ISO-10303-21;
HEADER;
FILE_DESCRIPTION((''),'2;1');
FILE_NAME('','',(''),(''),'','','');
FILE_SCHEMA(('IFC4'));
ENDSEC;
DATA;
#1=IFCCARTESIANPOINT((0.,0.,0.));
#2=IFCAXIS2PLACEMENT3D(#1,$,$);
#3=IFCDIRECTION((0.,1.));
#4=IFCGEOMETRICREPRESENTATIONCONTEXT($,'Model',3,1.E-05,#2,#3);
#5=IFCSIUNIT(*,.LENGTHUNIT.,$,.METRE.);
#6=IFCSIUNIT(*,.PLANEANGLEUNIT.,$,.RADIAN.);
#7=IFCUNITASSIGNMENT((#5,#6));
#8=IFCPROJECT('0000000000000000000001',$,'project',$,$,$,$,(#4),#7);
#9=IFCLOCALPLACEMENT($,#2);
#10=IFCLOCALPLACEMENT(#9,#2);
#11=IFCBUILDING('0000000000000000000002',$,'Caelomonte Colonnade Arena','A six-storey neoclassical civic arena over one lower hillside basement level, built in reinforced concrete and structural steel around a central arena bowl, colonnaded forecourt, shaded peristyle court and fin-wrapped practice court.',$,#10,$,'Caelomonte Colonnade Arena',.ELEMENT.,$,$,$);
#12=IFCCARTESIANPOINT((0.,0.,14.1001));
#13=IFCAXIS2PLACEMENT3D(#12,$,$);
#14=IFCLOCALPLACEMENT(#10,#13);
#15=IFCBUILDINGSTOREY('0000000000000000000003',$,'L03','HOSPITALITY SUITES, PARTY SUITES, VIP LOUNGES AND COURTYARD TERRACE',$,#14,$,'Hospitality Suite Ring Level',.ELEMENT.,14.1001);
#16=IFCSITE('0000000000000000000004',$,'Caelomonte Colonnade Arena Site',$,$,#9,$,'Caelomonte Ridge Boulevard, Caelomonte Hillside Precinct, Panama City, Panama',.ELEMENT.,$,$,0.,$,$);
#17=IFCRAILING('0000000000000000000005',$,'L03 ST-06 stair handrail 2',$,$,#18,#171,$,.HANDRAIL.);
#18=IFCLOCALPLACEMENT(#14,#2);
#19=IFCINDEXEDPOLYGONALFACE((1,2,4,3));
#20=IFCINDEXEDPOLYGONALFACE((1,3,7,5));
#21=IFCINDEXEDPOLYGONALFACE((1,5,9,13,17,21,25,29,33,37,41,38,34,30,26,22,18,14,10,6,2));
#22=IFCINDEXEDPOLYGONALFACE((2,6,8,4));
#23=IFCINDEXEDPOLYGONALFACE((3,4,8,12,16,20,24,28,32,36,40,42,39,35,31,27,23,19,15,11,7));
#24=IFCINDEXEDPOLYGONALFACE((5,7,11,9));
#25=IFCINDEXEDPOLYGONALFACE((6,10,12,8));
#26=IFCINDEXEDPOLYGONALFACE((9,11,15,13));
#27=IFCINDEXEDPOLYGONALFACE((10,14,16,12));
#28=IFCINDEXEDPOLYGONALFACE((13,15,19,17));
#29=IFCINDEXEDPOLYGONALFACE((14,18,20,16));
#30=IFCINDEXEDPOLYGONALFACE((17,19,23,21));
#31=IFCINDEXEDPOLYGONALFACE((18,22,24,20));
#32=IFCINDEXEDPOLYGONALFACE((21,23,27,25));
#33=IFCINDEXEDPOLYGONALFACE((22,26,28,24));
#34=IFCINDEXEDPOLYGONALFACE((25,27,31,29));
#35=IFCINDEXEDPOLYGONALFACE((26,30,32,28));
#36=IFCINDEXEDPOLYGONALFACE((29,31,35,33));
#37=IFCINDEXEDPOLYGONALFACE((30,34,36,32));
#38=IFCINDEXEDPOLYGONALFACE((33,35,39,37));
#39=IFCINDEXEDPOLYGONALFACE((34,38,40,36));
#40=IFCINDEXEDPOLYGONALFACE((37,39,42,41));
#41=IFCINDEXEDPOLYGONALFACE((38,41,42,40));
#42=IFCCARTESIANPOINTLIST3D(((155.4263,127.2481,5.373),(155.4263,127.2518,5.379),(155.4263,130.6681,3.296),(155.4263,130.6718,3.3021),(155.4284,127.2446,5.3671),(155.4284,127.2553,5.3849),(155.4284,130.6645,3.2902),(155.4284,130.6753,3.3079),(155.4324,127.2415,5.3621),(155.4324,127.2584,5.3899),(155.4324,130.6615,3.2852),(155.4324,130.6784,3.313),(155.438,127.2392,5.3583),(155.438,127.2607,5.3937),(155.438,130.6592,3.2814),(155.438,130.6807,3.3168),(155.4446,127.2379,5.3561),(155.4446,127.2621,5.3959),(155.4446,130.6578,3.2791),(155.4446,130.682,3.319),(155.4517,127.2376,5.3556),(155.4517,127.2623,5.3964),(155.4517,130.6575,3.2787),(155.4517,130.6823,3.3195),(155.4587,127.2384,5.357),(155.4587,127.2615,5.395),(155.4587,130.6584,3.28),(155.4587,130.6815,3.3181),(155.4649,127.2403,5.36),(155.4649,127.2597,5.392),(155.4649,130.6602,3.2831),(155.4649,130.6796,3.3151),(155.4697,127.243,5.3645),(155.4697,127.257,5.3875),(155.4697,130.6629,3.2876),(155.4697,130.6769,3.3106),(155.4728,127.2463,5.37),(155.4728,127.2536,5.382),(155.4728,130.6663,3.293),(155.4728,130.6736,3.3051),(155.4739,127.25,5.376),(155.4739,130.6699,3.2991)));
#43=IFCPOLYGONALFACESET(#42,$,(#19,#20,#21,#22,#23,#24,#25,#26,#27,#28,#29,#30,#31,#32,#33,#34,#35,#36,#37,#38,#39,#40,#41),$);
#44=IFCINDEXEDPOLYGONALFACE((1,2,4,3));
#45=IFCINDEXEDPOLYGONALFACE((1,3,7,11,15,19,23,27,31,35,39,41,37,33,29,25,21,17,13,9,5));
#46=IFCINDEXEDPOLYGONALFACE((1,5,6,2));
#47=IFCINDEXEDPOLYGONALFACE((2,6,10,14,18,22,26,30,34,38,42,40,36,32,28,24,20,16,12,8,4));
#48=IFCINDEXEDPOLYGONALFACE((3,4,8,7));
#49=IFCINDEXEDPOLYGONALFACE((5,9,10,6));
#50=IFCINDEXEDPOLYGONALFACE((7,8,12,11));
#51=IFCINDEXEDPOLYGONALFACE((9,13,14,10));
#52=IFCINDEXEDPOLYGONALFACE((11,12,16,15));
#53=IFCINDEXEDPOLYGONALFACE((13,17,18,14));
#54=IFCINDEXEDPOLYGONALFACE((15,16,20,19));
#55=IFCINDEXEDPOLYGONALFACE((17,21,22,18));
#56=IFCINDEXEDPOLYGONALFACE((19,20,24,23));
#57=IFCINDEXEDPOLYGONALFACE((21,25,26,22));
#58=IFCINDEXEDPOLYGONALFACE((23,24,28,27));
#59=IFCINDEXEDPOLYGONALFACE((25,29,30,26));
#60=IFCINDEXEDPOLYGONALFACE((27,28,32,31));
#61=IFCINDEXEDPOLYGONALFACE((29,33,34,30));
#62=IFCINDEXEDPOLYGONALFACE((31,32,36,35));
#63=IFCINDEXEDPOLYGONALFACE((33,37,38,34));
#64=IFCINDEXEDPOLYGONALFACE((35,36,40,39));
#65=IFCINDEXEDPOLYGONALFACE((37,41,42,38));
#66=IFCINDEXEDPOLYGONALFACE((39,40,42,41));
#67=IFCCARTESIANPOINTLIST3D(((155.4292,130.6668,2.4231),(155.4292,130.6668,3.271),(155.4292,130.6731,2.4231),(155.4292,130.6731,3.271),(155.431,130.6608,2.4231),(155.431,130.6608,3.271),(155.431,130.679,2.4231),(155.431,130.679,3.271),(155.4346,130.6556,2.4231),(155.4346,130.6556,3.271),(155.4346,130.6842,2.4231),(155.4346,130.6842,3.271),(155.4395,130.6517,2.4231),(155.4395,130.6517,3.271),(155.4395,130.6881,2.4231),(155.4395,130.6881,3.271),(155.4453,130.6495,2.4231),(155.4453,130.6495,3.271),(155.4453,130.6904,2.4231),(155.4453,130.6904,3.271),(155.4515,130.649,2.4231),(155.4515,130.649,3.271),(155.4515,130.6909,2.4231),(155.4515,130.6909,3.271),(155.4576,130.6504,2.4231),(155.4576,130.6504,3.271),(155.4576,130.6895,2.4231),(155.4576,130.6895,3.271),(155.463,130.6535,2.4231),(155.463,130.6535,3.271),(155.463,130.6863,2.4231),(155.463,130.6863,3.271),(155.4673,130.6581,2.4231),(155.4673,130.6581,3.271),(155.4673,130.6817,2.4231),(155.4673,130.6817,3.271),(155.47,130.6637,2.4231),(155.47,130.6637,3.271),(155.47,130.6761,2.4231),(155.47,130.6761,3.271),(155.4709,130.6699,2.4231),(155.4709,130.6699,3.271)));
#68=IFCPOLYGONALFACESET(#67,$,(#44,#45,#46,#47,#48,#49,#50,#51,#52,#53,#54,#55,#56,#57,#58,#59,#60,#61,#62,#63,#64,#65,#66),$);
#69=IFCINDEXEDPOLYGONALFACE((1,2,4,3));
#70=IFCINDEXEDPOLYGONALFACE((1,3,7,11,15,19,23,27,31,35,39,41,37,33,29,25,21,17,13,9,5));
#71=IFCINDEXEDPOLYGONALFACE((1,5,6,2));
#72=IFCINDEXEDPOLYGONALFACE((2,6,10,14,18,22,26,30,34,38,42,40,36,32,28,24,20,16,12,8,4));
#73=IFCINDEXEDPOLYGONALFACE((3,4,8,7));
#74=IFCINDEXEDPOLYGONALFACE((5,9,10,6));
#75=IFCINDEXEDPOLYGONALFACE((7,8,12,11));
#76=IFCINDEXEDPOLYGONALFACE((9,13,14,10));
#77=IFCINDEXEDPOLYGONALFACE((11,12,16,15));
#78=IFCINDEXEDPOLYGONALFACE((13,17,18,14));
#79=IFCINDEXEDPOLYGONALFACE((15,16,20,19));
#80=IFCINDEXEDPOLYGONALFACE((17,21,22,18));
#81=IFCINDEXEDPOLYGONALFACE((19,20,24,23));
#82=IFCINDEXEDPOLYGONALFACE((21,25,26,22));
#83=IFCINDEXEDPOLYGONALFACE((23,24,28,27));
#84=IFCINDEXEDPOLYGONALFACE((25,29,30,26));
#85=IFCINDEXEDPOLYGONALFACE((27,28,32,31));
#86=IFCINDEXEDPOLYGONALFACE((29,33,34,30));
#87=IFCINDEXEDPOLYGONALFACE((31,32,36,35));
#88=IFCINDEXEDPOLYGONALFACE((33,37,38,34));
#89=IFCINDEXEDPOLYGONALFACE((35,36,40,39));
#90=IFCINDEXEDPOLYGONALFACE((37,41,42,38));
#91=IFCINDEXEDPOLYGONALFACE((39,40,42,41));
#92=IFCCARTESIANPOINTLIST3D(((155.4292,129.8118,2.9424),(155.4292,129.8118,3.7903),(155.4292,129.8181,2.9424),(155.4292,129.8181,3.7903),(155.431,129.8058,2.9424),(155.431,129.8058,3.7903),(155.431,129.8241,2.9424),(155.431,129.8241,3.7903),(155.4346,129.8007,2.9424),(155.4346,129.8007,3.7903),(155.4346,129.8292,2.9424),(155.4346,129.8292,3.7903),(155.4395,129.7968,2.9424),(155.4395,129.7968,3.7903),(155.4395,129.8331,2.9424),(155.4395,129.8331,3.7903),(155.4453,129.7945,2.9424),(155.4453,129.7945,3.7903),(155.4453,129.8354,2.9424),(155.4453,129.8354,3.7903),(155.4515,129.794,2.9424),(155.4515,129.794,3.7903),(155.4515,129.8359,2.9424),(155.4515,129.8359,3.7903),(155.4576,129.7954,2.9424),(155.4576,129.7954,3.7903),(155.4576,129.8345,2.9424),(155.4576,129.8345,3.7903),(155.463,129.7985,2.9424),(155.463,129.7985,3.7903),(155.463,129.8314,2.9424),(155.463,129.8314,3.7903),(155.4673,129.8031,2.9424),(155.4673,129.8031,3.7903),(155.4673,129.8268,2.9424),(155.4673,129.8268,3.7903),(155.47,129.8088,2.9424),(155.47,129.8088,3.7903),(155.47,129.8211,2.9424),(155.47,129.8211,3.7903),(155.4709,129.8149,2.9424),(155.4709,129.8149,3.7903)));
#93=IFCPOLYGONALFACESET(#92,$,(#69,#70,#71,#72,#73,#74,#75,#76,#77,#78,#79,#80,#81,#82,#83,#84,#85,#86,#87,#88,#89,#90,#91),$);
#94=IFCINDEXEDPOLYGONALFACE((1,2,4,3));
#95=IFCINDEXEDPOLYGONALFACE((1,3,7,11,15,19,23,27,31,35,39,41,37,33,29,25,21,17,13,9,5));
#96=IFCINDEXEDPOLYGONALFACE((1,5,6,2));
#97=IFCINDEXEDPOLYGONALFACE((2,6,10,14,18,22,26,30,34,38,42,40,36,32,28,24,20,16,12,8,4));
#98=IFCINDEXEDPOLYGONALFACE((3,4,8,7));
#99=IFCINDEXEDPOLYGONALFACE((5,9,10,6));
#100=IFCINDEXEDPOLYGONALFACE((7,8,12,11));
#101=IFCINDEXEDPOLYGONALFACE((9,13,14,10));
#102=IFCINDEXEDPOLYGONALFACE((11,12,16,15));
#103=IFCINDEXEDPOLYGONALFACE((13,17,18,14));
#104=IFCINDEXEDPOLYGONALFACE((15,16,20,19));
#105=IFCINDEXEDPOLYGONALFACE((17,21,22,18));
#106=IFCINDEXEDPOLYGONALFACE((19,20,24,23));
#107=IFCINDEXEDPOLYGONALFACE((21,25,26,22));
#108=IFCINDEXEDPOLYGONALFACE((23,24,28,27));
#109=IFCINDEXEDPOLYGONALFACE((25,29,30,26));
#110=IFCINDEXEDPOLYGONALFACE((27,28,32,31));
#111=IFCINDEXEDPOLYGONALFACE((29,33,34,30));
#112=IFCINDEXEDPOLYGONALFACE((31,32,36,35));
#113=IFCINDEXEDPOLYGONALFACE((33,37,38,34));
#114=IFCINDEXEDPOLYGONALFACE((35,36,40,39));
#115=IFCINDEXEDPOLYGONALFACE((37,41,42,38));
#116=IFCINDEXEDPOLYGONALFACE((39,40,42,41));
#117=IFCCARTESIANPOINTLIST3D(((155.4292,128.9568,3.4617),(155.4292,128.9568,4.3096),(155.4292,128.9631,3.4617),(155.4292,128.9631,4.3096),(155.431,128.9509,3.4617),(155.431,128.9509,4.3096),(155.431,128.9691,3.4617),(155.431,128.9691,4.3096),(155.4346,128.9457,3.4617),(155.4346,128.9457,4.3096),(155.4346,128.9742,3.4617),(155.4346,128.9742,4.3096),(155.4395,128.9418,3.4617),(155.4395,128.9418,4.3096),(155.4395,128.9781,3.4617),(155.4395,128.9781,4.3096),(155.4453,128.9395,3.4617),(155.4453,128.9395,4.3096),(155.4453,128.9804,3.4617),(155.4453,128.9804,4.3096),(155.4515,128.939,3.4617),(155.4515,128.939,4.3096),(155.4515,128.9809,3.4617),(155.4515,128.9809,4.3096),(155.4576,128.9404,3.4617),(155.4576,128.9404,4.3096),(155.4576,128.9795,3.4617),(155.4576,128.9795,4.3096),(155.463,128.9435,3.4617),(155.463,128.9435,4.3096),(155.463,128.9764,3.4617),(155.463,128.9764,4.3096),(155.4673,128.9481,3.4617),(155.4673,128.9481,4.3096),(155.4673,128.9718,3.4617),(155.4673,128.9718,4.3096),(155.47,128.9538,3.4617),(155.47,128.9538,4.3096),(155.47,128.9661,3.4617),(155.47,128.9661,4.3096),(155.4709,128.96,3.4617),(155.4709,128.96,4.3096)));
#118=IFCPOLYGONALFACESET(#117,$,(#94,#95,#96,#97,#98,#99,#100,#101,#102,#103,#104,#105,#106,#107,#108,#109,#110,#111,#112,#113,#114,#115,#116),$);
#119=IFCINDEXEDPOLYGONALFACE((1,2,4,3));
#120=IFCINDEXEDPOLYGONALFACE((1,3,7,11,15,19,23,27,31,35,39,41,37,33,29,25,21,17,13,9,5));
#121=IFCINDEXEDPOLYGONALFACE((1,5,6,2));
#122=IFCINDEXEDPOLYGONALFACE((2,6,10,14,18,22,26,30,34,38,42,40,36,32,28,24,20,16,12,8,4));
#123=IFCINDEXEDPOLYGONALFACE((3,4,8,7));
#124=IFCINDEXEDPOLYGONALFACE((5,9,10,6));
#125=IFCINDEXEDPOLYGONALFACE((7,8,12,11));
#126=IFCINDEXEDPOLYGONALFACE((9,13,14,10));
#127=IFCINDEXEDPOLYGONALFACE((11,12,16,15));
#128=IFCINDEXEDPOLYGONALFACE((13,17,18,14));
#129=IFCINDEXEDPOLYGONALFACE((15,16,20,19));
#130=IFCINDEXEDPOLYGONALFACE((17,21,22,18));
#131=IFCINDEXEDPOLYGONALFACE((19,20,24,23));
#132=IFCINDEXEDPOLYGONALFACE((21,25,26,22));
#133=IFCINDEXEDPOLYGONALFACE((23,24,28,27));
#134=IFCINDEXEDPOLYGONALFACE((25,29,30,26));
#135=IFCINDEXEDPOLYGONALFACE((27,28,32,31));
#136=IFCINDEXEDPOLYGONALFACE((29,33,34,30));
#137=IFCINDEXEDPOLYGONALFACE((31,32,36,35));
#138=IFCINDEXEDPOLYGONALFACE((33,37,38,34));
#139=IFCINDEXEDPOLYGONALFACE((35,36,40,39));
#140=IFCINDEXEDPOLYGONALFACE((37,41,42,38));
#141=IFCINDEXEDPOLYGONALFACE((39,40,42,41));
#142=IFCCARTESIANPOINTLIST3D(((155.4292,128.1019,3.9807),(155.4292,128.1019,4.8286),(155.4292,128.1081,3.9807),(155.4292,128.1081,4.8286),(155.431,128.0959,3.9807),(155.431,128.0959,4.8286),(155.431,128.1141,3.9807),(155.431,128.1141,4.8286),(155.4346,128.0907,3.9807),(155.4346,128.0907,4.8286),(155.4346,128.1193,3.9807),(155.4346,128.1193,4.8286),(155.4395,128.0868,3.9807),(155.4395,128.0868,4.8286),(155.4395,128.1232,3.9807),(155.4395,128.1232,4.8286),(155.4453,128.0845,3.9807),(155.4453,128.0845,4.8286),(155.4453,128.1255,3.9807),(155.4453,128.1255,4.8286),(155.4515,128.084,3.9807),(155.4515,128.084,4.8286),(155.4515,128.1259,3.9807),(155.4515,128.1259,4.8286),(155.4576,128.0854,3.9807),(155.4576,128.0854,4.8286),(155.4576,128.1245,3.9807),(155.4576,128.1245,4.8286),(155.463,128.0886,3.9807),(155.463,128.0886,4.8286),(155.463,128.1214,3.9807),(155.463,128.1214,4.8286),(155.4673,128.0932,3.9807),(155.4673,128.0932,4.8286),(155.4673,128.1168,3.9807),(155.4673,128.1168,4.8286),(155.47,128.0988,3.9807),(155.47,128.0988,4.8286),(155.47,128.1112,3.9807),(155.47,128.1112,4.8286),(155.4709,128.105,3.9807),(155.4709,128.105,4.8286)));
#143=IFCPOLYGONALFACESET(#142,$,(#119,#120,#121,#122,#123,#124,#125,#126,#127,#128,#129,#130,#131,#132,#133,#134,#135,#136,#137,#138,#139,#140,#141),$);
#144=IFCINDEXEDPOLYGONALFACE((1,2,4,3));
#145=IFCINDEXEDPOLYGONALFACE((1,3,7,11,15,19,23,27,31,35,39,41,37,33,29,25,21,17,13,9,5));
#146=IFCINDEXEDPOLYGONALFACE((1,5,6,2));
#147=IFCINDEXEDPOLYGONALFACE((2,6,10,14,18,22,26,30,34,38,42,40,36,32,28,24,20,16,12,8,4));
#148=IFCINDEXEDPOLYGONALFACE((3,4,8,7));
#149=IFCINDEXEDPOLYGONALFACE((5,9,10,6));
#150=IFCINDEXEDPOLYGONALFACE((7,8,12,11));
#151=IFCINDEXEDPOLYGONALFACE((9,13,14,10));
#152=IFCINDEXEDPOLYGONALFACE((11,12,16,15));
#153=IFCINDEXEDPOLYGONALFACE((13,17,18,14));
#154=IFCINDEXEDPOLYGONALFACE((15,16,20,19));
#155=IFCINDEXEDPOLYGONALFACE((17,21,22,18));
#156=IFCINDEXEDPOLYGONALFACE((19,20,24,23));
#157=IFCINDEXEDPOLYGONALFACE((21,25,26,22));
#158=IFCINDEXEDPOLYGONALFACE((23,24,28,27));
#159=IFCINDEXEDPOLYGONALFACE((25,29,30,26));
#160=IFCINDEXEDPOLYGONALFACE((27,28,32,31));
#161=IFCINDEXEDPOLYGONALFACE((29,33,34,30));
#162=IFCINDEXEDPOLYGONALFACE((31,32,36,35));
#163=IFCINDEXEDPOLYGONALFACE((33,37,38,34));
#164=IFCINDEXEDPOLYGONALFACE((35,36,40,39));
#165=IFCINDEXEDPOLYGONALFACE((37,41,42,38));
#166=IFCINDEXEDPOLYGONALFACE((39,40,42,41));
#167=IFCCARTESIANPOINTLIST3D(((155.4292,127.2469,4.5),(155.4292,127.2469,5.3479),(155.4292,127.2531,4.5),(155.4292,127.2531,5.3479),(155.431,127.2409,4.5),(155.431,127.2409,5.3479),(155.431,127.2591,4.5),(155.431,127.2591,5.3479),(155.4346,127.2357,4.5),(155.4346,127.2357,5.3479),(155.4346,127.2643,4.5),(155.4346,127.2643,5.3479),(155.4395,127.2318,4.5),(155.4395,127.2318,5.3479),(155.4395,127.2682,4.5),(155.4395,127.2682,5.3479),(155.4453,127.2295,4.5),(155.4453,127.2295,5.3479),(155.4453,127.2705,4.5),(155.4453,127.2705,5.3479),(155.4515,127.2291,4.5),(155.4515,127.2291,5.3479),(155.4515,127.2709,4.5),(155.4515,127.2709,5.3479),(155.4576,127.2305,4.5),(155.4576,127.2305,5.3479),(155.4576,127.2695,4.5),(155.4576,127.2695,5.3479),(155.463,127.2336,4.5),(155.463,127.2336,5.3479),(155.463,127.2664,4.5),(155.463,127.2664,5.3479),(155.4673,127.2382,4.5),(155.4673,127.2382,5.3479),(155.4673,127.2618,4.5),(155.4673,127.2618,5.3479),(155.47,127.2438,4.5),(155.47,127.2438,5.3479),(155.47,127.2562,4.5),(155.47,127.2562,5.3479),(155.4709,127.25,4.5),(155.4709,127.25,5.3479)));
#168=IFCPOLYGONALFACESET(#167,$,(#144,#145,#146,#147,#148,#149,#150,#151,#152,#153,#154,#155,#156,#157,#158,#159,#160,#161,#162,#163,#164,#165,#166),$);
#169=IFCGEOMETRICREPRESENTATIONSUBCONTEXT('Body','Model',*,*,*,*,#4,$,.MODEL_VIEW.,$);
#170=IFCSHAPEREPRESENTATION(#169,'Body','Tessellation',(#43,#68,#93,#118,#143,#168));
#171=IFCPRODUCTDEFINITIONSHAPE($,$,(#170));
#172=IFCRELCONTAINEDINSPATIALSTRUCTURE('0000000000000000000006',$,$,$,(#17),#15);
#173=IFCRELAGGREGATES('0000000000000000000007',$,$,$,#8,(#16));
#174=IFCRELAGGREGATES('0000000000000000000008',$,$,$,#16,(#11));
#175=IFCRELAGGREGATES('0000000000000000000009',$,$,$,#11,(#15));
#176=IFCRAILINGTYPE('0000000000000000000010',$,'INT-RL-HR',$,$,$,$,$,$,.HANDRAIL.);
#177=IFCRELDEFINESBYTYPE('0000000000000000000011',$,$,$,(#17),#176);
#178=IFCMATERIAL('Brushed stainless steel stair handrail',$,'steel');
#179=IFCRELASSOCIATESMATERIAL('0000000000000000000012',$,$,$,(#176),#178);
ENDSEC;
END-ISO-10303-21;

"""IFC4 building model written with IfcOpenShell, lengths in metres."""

from ifc_helpers import new_model, si_unit, direction, frame, origin, origin_2d, place, context, subcontext, project, spatial, circle, extrude, material, type_object, element, save


model = new_model("IFC4")

# Units and contexts
model_context = context("Model", 3, precision=1e-05, world=origin(), true_north=direction((0.0, 1.0)))
body_context = subcontext(model_context, "Body", "Model", "MODEL_VIEW")
ifc_project = project(units=[si_unit("LENGTHUNIT", "METRE"), si_unit("PLANEANGLEUNIT", "RADIAN")], contexts=[model_context])

# Site, building, storey
site_placement = place(None, origin())
site = spatial("IfcSite", under=ifc_project, at=site_placement, Name="Caelomonte Colonnade Arena Site", LongName="Caelomonte Ridge Boulevard, Caelomonte Hillside Precinct, Panama City, Panama", CompositionType="ELEMENT", RefElevation=0.0)
building_placement = place(site_placement, origin())
building = spatial("IfcBuilding", under=site, at=building_placement, Name="Caelomonte Colonnade Arena", Description="A six-storey neoclassical civic arena over one lower hillside basement level, built in reinforced concrete and structural steel around a central arena bowl, colonnaded forecourt, shaded peristyle court and fin-wrapped practice court.", LongName="Caelomonte Colonnade Arena", CompositionType="ELEMENT")
storey_placement = place(building_placement, frame((0.0, 0.0, 14.1001)))
storey = spatial("IfcBuildingStorey", under=building, at=storey_placement, Name="L03", Description="HOSPITALITY SUITES, PARTY SUITES, VIP LOUNGES AND COURTYARD TERRACE", LongName="Hospitality Suite Ring Level", CompositionType="ELEMENT", Elevation=14.1001)

# Railing
ifc_material_1 = material(Name="Brushed stainless steel stair handrail", Category="steel")
railing_type_1 = type_object("IfcRailingType", Name="INT-RL-HR", PredefinedType="HANDRAIL", material=ifc_material_1)
railing_1_placement = place(storey_placement, frame((155.45, 130.6699, 2.4231)))
element("IfcRailing", 1, at=railing_1_placement, inside=storey, type_object=railing_type_1, Name="L03 ST-06 stair handrail 2", PredefinedType="HANDRAIL", context=body_context, shape_type="SweptSolid", body=[
    extrude(circle(Radius=0.0239, at=origin_2d()), frame((0.0, 0.0, 0.876), z_axis=(0.0, -0.85473, 0.519074), x_axis=(1.0, 0.0, 0.0)), (0.0, 0.0, 1.0), 4.0012),
    extrude(circle(Radius=0.021, at=origin_2d()), origin(), (0.0, 0.0, 1.0), 0.8479),
    extrude(circle(Radius=0.021, at=origin_2d()), frame((0.0, -0.855, 0.5193)), (0.0, 0.0, 1.0), 0.8479),
    extrude(circle(Radius=0.021, at=origin_2d()), frame((0.0, -1.71, 1.0386)), (0.0, 0.0, 1.0), 0.8479),
    extrude(circle(Radius=0.021, at=origin_2d()), frame((0.0, -2.5649, 1.5576)), (0.0, 0.0, 1.0), 0.8479),
    extrude(circle(Radius=0.021, at=origin_2d()), frame((0.0, -3.4199, 2.0769)), (0.0, 0.0, 1.0), 0.8479),
])

save(model, "model.ifc")
